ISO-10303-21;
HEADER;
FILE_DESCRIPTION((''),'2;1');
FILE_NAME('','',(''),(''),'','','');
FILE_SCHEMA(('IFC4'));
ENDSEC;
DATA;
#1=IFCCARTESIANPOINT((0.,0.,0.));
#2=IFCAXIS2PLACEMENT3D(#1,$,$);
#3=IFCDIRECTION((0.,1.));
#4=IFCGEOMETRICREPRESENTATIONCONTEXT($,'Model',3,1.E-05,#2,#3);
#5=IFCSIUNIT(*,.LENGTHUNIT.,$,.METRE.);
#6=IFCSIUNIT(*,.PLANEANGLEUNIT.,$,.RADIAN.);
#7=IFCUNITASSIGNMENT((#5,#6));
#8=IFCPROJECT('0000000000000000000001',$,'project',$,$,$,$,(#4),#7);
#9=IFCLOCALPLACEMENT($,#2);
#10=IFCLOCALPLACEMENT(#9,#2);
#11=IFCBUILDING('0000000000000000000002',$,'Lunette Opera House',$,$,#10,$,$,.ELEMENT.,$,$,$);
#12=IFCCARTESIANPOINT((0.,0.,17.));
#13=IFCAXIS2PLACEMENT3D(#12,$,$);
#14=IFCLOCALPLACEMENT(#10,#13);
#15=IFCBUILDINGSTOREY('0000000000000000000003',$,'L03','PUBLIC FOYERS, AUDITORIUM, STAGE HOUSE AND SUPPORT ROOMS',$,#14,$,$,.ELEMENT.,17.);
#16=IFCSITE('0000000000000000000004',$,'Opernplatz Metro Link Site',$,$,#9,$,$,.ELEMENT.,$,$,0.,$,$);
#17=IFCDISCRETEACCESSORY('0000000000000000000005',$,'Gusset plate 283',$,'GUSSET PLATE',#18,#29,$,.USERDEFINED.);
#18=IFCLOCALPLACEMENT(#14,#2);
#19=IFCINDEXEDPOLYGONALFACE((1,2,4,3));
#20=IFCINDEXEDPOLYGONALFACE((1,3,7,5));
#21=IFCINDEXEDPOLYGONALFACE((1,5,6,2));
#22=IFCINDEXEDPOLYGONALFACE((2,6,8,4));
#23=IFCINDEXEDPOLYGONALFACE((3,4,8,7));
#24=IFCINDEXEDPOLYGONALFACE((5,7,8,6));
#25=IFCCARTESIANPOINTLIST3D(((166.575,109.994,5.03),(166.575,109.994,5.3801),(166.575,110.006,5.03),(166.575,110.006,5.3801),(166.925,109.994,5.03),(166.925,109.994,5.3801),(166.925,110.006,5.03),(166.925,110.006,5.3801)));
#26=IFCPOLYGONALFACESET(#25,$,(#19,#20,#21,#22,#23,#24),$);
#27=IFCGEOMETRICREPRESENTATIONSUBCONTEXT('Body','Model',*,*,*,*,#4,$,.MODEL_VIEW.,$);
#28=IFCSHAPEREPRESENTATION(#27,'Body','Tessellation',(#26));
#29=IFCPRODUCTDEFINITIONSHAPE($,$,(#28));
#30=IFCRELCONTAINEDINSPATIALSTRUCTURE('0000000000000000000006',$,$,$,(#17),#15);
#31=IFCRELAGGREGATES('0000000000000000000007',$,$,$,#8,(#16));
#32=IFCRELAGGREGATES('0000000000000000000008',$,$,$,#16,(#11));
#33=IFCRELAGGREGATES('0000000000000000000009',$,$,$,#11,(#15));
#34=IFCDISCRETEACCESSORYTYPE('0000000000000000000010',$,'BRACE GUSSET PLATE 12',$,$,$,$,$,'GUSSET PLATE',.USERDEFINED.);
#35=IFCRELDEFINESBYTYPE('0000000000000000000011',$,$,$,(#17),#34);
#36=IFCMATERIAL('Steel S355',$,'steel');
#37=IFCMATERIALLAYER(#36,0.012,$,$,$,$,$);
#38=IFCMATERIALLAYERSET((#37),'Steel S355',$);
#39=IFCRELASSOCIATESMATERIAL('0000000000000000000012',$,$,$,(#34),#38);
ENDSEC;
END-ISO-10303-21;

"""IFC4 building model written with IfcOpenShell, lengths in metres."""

from ifc_helpers import new_model, si_unit, direction, frame, origin, origin_2d, place, context, subcontext, project, spatial, rectangle, extrude, material, layer, layer_set, type_object, element, save


model = new_model("IFC4")

# Units and contexts
model_context = context("Model", 3, precision=1e-05, world=origin(), true_north=direction((0.0, 1.0)))
body_context = subcontext(model_context, "Body", "Model", "MODEL_VIEW")
ifc_project = project(units=[si_unit("LENGTHUNIT", "METRE"), si_unit("PLANEANGLEUNIT", "RADIAN")], contexts=[model_context])

# Site, building, storey
site_placement = place(None, origin())
site = spatial("IfcSite", under=ifc_project, at=site_placement, Name="Opernplatz Metro Link Site", CompositionType="ELEMENT", RefElevation=0.0)
building_placement = place(site_placement, origin())
building = spatial("IfcBuilding", under=site, at=building_placement, Name="Lunette Opera House", CompositionType="ELEMENT")
storey_placement = place(building_placement, frame((0.0, 0.0, 17.0)))
storey = spatial("IfcBuildingStorey", under=building, at=storey_placement, Name="L03", Description="PUBLIC FOYERS, AUDITORIUM, STAGE HOUSE AND SUPPORT ROOMS", CompositionType="ELEMENT", Elevation=17.0)

# Discrete accessory
ifc_material_1 = material(Name="Steel S355", Category="steel")
ifc_layer_1 = layer(ifc_material_1, 0.012)
ifc_layer_set_1 = layer_set([ifc_layer_1], Name="Steel S355")
discrete_accessory_type = type_object("IfcDiscreteAccessoryType", Name="BRACE GUSSET PLATE 12", ElementType="GUSSET PLATE", PredefinedType="USERDEFINED", material=ifc_layer_set_1)
for number, where, z_axis, x_axis, name in (
    (1, (166.75, 110.0, 5.03), (0.0, 0.0, 1.0), (1.0, 0.0, 0.0), "Gusset plate 283"),
):
    element("IfcDiscreteAccessory", number, at=place(storey_placement, frame(where, z_axis=z_axis, x_axis=x_axis)), inside=storey, type_object=discrete_accessory_type, Name=name, ObjectType="GUSSET PLATE", PredefinedType="USERDEFINED", context=body_context, shape_type="SweptSolid", body=[
        extrude(rectangle(XDim=0.3501, YDim=0.012, at=origin_2d()), origin(), (0.0, 0.0, 1.0), 0.3501),
    ])

save(model, "model.ifc")
